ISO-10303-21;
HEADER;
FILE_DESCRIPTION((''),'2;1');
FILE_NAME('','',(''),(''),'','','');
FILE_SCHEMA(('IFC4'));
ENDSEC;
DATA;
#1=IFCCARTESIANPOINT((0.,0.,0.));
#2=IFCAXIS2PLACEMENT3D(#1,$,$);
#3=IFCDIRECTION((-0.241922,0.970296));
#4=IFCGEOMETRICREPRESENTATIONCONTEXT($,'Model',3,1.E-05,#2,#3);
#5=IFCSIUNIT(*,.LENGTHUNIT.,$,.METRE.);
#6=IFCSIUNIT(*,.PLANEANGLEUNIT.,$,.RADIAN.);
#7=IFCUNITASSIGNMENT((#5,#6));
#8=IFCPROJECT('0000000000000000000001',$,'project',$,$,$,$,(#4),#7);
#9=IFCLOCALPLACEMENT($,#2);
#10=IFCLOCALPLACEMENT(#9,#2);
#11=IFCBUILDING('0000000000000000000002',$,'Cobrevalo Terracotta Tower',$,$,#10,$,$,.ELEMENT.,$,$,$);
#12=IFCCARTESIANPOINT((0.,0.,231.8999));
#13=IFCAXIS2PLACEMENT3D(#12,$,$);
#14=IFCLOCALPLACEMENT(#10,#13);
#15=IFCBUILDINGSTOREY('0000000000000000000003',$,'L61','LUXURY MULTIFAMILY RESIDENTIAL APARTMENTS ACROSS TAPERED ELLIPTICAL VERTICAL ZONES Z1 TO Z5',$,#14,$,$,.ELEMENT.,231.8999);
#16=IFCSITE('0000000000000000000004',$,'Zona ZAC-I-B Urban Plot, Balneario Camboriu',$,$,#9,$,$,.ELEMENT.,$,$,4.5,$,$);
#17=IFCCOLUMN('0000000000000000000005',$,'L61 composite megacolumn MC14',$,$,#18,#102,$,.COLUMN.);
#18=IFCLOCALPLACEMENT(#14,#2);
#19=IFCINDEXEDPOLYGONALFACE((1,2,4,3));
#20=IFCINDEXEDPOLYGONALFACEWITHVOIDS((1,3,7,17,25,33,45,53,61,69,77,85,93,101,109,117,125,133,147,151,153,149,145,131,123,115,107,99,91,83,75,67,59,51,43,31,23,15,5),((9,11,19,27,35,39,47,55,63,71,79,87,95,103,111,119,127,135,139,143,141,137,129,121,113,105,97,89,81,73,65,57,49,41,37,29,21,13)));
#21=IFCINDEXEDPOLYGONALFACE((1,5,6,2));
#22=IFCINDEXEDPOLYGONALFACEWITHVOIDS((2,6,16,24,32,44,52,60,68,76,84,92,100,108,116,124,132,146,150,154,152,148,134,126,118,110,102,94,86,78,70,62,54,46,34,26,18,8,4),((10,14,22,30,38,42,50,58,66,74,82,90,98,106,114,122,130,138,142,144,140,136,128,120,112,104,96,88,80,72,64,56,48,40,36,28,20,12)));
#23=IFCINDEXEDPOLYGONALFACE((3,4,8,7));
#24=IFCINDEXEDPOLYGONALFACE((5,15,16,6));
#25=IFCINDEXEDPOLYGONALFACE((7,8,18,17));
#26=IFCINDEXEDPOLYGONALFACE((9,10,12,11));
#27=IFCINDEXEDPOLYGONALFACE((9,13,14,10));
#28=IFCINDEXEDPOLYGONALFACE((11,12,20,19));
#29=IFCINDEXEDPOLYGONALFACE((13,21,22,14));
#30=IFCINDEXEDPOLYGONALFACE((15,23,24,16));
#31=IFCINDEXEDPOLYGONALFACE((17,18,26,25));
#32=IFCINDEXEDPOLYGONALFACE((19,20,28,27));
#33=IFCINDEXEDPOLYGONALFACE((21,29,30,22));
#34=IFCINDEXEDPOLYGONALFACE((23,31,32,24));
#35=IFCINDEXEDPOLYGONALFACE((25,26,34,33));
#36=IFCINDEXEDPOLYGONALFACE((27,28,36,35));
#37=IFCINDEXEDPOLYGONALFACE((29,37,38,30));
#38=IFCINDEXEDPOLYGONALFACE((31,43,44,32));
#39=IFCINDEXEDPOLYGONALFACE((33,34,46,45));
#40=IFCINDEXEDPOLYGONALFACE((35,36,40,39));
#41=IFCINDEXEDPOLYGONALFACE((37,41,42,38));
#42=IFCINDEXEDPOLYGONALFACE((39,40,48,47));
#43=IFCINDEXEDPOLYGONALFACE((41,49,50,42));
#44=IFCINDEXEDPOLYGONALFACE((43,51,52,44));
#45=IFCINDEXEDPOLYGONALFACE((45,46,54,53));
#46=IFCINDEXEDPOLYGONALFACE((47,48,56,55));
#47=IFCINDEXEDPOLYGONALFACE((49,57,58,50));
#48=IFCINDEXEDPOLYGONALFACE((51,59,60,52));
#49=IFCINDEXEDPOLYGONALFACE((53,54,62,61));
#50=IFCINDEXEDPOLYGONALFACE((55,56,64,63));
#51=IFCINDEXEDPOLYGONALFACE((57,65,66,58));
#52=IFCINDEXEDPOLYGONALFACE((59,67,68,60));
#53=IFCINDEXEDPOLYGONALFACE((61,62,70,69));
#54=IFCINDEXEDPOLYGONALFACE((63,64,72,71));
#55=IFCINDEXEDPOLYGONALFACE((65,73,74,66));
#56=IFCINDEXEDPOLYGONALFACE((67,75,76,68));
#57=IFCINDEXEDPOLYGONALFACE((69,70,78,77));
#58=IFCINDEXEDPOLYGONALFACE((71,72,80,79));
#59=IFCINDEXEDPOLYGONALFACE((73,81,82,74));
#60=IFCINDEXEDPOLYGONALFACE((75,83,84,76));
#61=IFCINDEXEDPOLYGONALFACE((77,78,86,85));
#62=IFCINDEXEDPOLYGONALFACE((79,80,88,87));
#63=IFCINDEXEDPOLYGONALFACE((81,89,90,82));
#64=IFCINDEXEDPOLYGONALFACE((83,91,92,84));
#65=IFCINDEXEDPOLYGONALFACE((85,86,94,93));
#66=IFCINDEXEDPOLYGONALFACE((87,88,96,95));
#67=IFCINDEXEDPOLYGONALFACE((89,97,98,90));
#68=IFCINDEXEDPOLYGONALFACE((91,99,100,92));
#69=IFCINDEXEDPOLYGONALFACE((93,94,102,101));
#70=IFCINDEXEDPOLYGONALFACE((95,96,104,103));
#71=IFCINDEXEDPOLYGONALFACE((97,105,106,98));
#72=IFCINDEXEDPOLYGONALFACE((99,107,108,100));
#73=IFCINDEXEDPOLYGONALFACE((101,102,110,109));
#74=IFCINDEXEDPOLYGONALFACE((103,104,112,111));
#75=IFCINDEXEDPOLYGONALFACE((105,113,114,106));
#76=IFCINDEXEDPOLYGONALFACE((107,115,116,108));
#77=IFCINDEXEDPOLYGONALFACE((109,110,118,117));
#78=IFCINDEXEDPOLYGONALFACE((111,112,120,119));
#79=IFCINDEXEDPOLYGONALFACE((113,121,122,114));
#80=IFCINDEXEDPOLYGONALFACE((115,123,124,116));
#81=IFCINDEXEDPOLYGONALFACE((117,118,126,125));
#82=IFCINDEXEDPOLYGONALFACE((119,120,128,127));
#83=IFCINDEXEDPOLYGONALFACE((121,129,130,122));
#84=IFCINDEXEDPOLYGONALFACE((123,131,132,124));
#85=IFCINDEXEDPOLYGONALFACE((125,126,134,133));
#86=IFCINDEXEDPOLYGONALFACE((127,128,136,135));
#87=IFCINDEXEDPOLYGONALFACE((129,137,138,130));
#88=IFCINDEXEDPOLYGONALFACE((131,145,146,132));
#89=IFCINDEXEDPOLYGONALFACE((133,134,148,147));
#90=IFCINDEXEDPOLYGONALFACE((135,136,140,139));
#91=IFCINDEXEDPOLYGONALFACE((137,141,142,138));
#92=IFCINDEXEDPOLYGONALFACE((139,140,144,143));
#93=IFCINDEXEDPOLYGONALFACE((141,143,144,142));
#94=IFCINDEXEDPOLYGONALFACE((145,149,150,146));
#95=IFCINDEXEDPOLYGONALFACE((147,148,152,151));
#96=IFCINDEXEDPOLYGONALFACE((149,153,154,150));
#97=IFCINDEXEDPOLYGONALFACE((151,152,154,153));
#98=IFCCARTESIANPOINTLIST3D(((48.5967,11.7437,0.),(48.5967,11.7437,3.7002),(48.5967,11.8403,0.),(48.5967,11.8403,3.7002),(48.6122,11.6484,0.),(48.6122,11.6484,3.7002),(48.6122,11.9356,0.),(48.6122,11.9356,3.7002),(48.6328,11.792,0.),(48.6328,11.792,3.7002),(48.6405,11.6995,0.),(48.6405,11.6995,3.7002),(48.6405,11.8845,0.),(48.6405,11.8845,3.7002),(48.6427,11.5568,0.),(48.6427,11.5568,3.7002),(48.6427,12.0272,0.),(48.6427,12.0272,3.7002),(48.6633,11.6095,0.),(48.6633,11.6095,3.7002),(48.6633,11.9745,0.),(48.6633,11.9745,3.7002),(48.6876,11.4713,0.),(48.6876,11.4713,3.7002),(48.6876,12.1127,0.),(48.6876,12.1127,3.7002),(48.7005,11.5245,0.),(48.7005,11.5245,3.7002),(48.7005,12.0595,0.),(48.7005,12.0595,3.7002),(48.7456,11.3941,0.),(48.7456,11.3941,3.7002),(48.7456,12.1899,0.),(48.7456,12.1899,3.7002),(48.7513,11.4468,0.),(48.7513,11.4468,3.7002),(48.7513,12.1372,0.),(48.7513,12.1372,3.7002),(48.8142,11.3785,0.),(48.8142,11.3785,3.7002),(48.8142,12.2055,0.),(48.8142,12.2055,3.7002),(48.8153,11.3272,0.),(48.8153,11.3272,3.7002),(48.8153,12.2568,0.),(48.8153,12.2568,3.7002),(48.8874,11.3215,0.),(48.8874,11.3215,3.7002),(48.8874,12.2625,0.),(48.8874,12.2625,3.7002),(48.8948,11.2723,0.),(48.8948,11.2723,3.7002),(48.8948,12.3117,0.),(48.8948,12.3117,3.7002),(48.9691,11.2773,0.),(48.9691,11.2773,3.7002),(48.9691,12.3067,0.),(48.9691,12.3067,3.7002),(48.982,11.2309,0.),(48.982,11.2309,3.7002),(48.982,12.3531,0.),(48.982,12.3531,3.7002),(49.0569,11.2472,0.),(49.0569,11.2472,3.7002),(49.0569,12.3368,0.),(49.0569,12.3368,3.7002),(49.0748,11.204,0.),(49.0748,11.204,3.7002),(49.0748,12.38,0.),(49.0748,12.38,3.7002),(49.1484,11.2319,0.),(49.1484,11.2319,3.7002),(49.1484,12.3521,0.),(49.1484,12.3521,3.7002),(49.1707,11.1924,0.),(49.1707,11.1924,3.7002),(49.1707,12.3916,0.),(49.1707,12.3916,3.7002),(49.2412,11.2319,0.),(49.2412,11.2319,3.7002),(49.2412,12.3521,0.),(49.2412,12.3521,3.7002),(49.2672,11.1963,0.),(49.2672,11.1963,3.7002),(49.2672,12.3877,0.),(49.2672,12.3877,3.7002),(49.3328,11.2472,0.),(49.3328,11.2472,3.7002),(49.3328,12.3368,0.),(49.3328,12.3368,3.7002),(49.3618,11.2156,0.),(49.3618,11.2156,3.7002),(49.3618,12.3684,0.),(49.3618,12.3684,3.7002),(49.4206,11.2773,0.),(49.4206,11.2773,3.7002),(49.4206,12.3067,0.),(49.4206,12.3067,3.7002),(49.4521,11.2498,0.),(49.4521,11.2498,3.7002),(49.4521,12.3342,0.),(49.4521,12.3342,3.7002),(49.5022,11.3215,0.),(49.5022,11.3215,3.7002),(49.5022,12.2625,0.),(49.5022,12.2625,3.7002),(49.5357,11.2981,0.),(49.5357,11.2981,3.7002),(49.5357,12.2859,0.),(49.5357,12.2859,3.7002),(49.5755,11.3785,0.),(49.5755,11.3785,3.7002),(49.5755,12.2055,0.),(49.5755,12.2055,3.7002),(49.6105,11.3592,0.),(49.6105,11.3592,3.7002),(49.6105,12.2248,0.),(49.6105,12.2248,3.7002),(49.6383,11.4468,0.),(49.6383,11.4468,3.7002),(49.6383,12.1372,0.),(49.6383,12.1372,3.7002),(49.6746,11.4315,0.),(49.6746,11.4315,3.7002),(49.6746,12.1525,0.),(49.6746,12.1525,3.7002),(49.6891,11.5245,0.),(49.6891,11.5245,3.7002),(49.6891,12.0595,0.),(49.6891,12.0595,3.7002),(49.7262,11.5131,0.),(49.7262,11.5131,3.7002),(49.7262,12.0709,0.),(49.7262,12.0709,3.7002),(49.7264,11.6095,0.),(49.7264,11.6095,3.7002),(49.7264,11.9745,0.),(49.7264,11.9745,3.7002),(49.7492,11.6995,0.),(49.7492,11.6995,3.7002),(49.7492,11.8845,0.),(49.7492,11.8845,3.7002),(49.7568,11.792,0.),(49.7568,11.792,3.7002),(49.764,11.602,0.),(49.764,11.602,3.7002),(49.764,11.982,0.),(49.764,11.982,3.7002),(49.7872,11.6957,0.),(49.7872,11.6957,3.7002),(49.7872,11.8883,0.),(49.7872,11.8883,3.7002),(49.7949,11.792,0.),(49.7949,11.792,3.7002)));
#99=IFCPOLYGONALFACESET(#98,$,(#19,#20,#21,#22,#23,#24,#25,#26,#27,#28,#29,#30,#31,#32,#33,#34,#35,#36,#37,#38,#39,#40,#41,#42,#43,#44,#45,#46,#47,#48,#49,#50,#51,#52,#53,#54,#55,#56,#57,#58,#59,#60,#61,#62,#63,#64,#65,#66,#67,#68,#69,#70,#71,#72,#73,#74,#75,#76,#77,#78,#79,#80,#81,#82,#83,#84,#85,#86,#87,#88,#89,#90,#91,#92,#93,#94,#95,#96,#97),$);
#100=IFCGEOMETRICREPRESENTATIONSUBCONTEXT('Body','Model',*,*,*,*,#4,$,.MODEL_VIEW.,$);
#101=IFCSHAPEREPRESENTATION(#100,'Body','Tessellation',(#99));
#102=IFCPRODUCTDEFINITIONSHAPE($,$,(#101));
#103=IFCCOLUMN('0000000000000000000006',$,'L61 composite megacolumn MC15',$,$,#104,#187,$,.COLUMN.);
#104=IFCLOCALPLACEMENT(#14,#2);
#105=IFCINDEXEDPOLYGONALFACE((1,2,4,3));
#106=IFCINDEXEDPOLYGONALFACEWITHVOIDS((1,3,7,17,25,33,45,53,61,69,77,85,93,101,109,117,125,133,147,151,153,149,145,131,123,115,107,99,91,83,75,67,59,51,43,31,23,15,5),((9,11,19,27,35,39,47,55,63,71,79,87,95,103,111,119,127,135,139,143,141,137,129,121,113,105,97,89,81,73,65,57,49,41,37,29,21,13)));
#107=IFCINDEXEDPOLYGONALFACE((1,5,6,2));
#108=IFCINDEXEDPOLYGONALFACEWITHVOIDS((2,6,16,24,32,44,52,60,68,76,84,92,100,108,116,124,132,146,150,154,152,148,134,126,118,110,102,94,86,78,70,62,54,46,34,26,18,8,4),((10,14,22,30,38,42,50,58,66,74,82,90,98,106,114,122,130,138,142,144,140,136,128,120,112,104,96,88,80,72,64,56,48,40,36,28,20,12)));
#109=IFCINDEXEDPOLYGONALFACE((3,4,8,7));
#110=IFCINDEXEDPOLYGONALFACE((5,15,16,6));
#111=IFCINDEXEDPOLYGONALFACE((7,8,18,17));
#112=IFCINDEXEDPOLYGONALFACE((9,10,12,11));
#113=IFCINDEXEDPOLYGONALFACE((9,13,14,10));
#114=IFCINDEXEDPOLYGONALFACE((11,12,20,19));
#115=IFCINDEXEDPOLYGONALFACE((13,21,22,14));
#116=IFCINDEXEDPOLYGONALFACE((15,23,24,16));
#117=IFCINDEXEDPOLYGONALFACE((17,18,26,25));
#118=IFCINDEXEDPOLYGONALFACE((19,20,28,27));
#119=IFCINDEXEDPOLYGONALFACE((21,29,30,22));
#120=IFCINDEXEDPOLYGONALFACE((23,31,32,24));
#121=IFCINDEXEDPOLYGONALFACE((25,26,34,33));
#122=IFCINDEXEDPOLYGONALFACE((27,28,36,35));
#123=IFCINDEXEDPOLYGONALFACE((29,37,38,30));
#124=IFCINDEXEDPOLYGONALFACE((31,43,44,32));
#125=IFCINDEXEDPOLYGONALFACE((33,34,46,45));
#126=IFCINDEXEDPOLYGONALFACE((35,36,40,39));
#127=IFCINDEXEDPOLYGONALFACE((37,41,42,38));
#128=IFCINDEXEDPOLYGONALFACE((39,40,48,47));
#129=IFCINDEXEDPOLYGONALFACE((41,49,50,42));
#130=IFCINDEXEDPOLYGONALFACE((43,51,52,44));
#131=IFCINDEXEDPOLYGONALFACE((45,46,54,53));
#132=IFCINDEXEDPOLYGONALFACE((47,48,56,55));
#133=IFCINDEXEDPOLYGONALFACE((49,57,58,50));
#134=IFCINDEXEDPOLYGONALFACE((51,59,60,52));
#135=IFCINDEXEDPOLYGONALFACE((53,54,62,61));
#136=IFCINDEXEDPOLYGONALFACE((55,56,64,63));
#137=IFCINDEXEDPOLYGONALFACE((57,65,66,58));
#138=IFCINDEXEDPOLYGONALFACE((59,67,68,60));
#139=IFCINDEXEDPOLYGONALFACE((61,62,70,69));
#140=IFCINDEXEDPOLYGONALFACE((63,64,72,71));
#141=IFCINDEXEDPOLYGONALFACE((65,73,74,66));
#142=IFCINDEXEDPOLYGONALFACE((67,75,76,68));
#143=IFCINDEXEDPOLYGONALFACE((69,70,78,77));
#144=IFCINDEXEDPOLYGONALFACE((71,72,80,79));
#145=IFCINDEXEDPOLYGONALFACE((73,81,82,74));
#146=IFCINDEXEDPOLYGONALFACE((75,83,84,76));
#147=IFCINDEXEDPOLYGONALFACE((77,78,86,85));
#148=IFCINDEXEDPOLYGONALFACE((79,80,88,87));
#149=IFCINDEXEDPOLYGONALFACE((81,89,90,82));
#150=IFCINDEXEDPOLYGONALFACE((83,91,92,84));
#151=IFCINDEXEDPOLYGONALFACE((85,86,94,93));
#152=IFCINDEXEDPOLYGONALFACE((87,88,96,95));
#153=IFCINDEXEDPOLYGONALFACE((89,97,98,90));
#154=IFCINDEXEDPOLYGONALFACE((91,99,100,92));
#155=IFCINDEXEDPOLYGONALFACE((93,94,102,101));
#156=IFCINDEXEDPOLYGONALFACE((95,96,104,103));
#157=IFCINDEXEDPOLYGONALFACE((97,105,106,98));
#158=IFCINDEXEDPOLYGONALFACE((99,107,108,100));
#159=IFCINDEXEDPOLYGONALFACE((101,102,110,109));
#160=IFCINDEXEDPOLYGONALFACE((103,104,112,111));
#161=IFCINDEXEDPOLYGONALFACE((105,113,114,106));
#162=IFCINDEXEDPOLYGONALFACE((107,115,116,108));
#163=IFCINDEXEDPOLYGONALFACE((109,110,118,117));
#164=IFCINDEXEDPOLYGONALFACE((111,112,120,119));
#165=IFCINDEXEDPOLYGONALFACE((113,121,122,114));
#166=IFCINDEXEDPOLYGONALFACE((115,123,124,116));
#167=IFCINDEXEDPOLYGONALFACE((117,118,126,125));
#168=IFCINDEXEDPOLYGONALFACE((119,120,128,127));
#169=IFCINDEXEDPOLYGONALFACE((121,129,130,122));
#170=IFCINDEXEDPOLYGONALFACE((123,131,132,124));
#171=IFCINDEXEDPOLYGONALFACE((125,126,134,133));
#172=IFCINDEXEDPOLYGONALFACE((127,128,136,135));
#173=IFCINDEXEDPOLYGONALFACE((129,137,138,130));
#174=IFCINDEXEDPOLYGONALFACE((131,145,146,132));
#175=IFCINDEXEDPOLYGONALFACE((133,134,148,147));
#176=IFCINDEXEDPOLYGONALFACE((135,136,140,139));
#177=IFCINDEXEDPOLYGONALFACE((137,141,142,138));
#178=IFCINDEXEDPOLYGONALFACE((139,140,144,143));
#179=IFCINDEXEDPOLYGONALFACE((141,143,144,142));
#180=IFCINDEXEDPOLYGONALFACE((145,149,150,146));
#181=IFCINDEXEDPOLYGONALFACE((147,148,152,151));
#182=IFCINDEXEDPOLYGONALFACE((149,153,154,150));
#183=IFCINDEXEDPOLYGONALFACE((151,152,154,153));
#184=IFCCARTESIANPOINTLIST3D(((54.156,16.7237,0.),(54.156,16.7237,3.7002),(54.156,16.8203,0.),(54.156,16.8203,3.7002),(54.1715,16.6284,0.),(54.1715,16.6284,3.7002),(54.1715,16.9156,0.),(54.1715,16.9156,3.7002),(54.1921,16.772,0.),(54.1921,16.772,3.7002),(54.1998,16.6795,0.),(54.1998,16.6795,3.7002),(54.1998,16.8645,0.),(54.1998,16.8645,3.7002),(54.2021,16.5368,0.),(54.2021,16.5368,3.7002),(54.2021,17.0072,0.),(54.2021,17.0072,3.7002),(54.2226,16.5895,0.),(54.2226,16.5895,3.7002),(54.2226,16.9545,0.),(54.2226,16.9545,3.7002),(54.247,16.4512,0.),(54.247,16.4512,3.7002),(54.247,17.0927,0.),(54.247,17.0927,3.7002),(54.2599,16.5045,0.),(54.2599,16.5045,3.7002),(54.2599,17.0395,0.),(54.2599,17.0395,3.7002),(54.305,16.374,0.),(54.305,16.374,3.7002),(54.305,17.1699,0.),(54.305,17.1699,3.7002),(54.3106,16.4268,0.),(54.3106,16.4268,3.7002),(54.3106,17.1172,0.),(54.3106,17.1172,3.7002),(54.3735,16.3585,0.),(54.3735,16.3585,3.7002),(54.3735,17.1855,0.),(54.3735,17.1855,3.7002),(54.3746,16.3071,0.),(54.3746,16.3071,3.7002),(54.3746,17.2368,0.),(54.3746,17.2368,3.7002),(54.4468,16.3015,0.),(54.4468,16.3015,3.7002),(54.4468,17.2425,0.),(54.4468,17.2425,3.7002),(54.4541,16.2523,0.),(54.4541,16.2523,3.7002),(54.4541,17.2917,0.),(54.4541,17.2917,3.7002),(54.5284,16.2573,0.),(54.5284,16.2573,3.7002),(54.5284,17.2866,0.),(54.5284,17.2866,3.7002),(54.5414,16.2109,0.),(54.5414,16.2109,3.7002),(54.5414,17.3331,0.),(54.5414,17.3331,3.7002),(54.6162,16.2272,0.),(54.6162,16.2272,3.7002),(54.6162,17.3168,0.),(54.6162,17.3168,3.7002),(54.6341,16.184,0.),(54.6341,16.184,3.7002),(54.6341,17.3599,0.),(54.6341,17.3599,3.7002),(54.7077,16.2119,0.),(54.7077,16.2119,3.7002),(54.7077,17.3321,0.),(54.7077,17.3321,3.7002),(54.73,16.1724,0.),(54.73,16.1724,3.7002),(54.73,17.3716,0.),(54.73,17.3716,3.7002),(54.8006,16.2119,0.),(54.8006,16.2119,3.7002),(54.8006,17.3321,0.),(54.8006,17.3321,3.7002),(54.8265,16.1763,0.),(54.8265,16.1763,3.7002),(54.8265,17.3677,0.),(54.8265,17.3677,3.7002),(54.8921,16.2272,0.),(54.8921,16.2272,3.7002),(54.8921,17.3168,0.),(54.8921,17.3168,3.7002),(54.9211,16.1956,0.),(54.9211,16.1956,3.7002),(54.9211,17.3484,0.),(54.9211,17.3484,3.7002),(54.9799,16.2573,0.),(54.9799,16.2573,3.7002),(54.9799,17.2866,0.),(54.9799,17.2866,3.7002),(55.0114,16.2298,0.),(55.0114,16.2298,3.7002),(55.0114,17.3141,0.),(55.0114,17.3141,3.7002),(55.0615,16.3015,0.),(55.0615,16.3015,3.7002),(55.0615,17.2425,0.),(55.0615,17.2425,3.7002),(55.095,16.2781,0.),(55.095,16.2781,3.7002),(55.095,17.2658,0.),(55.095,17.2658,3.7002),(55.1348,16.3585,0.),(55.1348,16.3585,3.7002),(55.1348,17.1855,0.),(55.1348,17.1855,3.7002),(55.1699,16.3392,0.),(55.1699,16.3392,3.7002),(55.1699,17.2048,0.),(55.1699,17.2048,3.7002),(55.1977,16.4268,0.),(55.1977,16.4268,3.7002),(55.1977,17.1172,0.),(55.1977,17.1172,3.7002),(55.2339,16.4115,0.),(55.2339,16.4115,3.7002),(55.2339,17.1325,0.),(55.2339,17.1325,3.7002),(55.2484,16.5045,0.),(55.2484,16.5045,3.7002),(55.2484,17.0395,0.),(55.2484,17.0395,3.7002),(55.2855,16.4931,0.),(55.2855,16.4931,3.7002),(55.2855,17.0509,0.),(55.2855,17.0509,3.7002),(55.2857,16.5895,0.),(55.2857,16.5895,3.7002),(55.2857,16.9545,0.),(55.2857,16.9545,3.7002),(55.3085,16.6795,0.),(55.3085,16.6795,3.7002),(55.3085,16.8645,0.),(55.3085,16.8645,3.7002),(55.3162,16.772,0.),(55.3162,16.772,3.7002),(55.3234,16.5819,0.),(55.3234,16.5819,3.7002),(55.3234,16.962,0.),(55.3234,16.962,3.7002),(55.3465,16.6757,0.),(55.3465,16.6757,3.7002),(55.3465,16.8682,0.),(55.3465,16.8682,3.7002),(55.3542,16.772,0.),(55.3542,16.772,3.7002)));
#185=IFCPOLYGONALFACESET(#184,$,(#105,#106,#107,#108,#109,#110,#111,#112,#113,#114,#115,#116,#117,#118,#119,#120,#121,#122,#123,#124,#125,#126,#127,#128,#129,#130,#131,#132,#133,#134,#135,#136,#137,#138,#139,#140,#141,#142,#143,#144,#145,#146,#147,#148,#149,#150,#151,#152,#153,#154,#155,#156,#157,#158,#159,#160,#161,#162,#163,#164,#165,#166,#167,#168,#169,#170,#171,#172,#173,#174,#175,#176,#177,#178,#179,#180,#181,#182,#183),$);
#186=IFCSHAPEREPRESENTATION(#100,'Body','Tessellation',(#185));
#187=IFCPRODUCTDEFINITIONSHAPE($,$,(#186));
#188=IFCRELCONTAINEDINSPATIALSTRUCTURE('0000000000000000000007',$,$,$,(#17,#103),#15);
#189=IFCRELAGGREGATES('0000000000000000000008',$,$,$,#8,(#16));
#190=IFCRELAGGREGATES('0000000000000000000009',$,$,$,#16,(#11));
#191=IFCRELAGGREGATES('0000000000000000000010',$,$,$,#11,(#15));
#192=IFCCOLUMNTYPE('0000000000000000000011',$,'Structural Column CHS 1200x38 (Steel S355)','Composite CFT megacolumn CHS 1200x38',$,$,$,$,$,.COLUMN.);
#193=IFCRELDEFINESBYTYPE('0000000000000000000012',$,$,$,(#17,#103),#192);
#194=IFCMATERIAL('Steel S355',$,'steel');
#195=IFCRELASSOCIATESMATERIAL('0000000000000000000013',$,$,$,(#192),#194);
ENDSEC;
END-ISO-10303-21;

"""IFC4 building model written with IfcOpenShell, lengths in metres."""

from ifc_helpers import new_model, si_unit, direction, frame, origin, origin_2d, place, context, subcontext, project, spatial, hollow_circle, extrude, material, material_profile, profile_set, type_object, element, save


model = new_model("IFC4")

# Units and contexts
model_context = context("Model", 3, precision=1e-05, world=origin(), true_north=direction((-0.241922, 0.970296)))
body_context = subcontext(model_context, "Body", "Model", "MODEL_VIEW")
ifc_project = project(units=[si_unit("LENGTHUNIT", "METRE"), si_unit("PLANEANGLEUNIT", "RADIAN")], contexts=[model_context])

# Site, building, storey
site_placement = place(None, origin())
site = spatial("IfcSite", under=ifc_project, at=site_placement, Name="Zona ZAC-I-B Urban Plot, Balneario Camboriu", CompositionType="ELEMENT", RefElevation=4.5)
building_placement = place(site_placement, origin())
building = spatial("IfcBuilding", under=site, at=building_placement, Name="Cobrevalo Terracotta Tower", CompositionType="ELEMENT")
storey_placement = place(building_placement, frame((0.0, 0.0, 231.8999)))
storey = spatial("IfcBuildingStorey", under=building, at=storey_placement, Name="L61", Description="LUXURY MULTIFAMILY RESIDENTIAL APARTMENTS ACROSS TAPERED ELLIPTICAL VERTICAL ZONES Z1 TO Z5", CompositionType="ELEMENT", Elevation=231.8999)

# Columns
ifc_material_1 = material(Name="Steel S355", Category="steel")
ifc_material_profile_1 = material_profile(ifc_material_1, hollow_circle(Radius=0.6001, WallThickness=0.0381, at=origin_2d()), Name="CHS 1200x38")
ifc_profile_set_1 = profile_set([ifc_material_profile_1], Name="Steel S355")
column_type = type_object("IfcColumnType", Name="Structural Column CHS 1200x38 (Steel S355)", Description="Composite CFT megacolumn CHS 1200x38", PredefinedType="COLUMN", material=ifc_profile_set_1)
for number, where, z_axis, x_axis, name in (
    (1, (49.1948, 11.792, 0.0), (0.0, 0.0, 1.0), (1.0, 0.0, 0.0), "L61 composite megacolumn MC14"),
    (2, (54.7542, 16.772, 0.0), (0.0, 0.0, 1.0), (1.0, 0.0, 0.0), "L61 composite megacolumn MC15"),
):
    element("IfcColumn", number, at=place(storey_placement, frame(where, z_axis=z_axis, x_axis=x_axis)), inside=storey, type_object=column_type, Name=name, PredefinedType="COLUMN", context=body_context, shape_type="SweptSolid", body=[
        extrude(hollow_circle(Radius=0.6001, WallThickness=0.0381, at=origin_2d()), origin(), (0.0, 0.0, 1.0), 3.7002),
    ])

save(model, "model.ifc")
